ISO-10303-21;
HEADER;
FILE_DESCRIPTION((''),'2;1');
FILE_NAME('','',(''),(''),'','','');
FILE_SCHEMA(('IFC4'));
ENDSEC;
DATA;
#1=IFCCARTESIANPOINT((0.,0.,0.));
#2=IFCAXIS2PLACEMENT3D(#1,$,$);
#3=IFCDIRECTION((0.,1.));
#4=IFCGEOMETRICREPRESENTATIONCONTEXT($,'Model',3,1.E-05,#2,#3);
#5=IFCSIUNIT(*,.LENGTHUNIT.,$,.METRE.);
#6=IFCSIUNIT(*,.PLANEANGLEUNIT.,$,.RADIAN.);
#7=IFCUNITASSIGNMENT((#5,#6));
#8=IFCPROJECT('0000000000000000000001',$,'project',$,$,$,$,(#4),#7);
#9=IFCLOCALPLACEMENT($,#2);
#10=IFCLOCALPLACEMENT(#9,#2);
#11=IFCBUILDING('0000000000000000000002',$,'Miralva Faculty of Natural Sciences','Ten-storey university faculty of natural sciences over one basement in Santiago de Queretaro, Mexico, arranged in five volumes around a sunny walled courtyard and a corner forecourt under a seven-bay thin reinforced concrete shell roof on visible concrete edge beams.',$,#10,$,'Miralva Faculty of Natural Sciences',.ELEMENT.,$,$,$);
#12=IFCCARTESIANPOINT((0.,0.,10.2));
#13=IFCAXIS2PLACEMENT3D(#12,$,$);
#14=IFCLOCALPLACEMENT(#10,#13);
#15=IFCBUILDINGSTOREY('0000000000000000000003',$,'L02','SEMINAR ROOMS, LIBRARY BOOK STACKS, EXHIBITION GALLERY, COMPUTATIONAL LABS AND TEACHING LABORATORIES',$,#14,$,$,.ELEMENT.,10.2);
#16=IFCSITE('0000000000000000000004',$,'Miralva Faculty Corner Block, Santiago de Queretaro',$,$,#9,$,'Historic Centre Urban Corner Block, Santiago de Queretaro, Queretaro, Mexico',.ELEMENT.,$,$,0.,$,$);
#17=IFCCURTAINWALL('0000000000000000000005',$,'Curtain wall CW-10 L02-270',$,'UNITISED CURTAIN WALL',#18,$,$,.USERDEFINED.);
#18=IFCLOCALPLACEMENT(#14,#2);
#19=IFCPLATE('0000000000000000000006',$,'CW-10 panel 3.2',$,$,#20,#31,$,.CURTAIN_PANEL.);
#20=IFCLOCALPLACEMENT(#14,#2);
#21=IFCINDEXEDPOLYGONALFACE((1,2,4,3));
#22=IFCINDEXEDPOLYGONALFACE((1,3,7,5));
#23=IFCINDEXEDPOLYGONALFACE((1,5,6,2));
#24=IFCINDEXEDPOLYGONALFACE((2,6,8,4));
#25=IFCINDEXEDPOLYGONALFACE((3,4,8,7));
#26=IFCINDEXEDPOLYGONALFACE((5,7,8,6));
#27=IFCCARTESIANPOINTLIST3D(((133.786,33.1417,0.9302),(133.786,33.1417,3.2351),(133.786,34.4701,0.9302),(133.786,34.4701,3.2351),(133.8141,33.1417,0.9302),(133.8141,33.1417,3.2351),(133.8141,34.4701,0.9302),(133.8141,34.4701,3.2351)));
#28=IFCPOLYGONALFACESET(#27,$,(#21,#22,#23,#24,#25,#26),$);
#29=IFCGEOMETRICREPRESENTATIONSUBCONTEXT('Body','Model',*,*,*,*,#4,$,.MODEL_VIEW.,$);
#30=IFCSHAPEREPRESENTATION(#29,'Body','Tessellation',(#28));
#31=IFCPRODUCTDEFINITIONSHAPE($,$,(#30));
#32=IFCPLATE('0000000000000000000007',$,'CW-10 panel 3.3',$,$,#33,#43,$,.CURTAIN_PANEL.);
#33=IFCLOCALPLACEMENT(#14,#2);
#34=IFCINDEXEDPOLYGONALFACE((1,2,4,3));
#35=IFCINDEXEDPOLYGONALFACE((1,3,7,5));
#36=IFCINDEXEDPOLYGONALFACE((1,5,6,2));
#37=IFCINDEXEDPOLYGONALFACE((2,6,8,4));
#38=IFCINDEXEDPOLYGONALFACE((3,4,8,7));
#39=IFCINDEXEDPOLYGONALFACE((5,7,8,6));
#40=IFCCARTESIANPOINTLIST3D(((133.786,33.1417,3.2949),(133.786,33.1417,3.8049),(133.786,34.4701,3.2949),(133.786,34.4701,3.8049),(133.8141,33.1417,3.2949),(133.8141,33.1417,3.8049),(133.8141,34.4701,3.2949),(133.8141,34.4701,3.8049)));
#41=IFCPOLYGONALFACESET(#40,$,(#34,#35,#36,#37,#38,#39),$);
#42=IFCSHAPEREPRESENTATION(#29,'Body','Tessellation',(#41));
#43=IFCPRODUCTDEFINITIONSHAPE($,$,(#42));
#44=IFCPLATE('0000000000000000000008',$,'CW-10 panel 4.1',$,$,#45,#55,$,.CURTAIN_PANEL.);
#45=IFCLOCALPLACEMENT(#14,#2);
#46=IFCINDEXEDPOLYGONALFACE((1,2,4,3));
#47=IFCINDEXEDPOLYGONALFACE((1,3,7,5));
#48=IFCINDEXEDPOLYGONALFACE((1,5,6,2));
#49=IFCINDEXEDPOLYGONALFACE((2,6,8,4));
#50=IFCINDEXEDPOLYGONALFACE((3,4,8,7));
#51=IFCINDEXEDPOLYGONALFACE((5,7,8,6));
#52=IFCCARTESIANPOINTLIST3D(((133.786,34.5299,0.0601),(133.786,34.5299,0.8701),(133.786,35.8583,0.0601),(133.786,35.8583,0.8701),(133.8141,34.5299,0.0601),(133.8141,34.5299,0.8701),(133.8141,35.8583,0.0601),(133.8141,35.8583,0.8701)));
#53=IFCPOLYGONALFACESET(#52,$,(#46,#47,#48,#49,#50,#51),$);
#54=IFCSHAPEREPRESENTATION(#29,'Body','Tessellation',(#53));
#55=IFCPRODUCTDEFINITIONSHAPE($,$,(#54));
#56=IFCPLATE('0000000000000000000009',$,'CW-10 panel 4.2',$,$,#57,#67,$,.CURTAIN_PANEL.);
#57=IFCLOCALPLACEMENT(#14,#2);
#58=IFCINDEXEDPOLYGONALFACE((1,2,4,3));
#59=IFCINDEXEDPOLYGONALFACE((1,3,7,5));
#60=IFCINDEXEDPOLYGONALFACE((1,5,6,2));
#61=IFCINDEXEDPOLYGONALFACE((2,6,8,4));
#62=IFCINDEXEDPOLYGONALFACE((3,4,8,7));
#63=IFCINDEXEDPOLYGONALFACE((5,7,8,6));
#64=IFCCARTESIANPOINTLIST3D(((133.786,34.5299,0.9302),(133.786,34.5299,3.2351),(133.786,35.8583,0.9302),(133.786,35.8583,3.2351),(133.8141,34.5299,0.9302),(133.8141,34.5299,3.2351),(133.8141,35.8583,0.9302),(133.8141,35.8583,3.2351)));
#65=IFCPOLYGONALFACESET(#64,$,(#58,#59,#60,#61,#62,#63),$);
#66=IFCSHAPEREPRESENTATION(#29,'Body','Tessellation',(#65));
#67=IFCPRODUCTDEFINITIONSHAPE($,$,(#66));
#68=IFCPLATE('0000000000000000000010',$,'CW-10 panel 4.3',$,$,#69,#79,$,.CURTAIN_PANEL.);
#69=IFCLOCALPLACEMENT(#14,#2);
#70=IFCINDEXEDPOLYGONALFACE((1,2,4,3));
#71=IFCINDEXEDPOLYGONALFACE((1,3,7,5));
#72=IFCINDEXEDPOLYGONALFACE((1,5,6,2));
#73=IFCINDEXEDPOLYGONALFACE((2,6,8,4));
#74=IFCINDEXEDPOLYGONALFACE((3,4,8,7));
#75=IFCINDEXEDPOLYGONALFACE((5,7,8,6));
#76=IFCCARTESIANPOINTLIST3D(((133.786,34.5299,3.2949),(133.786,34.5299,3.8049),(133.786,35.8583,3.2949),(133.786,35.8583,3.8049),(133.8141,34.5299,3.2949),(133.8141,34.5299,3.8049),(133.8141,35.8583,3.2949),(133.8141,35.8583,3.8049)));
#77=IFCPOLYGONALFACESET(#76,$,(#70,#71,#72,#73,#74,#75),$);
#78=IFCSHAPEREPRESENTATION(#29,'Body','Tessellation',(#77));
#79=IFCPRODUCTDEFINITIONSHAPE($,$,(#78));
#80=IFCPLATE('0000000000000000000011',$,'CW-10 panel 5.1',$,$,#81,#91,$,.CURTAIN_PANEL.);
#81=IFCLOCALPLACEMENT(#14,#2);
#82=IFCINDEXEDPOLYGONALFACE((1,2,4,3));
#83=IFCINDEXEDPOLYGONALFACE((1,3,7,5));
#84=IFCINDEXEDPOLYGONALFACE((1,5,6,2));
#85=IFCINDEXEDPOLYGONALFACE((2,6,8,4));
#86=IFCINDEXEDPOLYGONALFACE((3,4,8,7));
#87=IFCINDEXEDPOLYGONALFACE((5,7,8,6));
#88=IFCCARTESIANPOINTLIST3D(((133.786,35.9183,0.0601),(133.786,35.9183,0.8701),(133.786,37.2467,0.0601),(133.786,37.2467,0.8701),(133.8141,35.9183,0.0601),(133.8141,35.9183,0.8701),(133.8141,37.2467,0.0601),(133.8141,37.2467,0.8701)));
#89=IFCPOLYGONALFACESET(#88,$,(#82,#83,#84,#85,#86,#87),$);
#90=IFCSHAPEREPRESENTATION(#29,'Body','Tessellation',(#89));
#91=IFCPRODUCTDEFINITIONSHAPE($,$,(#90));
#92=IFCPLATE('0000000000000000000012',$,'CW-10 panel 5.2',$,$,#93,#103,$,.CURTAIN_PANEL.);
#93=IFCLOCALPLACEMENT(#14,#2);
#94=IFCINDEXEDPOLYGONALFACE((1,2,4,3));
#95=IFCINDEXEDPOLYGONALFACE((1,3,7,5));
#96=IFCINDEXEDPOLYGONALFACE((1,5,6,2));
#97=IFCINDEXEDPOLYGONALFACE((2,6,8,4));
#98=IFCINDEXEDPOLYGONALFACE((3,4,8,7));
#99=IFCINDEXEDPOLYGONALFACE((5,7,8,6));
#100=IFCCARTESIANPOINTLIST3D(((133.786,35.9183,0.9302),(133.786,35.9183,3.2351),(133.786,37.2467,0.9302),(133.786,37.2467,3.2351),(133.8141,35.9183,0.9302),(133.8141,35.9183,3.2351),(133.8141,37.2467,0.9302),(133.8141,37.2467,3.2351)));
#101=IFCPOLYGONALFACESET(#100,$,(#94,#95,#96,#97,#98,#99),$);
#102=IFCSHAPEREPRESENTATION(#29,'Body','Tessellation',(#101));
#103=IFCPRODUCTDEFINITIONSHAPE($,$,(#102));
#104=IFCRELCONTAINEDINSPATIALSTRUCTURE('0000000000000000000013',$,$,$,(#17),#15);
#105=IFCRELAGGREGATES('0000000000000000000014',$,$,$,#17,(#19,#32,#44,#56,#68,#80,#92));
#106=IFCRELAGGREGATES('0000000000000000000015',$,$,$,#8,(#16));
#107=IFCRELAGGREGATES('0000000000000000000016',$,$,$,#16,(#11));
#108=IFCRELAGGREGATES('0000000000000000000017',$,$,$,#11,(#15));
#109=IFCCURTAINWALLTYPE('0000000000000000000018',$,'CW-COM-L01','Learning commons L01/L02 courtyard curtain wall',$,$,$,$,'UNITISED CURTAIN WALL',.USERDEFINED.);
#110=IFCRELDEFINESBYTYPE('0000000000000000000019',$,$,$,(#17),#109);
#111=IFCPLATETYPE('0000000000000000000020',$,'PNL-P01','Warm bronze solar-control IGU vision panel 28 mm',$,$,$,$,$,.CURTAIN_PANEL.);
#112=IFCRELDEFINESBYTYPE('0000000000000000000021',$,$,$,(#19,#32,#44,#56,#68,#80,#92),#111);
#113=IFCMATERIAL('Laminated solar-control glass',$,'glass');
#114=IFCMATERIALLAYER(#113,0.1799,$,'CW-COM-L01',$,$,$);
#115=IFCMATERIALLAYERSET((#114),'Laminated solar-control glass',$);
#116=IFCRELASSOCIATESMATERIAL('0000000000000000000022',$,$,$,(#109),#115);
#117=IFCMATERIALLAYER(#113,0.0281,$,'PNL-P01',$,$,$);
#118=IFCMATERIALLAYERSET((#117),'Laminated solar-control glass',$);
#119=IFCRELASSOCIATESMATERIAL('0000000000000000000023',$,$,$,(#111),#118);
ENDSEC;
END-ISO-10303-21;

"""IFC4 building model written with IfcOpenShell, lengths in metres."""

from ifc_helpers import new_model, si_unit, direction, frame, origin, origin_2d, place, context, subcontext, project, spatial, rectangle, extrude, material, layer, layer_set, type_object, element, aggregate, save


model = new_model("IFC4")

# Units and contexts
model_context = context("Model", 3, precision=1e-05, world=origin(), true_north=direction((0.0, 1.0)))
body_context = subcontext(model_context, "Body", "Model", "MODEL_VIEW")
ifc_project = project(units=[si_unit("LENGTHUNIT", "METRE"), si_unit("PLANEANGLEUNIT", "RADIAN")], contexts=[model_context])

# Site, building, storey
site_placement = place(None, origin())
site = spatial("IfcSite", under=ifc_project, at=site_placement, Name="Miralva Faculty Corner Block, Santiago de Queretaro", LongName="Historic Centre Urban Corner Block, Santiago de Queretaro, Queretaro, Mexico", CompositionType="ELEMENT", RefElevation=0.0)
building_placement = place(site_placement, origin())
building = spatial("IfcBuilding", under=site, at=building_placement, Name="Miralva Faculty of Natural Sciences", Description="Ten-storey university faculty of natural sciences over one basement in Santiago de Queretaro, Mexico, arranged in five volumes around a sunny walled courtyard and a corner forecourt under a seven-bay thin reinforced concrete shell roof on visible concrete edge beams.", LongName="Miralva Faculty of Natural Sciences", CompositionType="ELEMENT")
storey_placement = place(building_placement, frame((0.0, 0.0, 10.2)))
storey = spatial("IfcBuildingStorey", under=building, at=storey_placement, Name="L02", Description="SEMINAR ROOMS, LIBRARY BOOK STACKS, EXHIBITION GALLERY, COMPUTATIONAL LABS AND TEACHING LABORATORIES", CompositionType="ELEMENT", Elevation=10.2)

# Curtain wall, plates
ifc_material_1 = material(Name="Laminated solar-control glass", Category="glass")
ifc_layer_1 = layer(ifc_material_1, 0.1799, Name="CW-COM-L01")
ifc_layer_set_1 = layer_set([ifc_layer_1], Name="Laminated solar-control glass")
curtain_wall_type = type_object("IfcCurtainWallType", Name="CW-COM-L01", Description="Learning commons L01/L02 courtyard curtain wall", ElementType="UNITISED CURTAIN WALL", PredefinedType="USERDEFINED", material=ifc_layer_set_1)
curtain_wall_placement = place(storey_placement, origin())
curtain_wall = element("IfcCurtainWall", 1, at=curtain_wall_placement, inside=storey, type_object=curtain_wall_type, Name="Curtain wall CW-10 L02-270", ObjectType="UNITISED CURTAIN WALL", PredefinedType="USERDEFINED")
ifc_layer_2 = layer(ifc_material_1, 0.0281, Name="PNL-P01")
ifc_layer_set_2 = layer_set([ifc_layer_2], Name="Laminated solar-control glass")
plate_type = type_object("IfcPlateType", Name="PNL-P01", Description="Warm bronze solar-control IGU vision panel 28 mm", PredefinedType="CURTAIN_PANEL", material=ifc_layer_set_2)
plate_1_placement = place(storey_placement, frame((133.8, 33.8059, 0.9302), z_axis=(0.0, 0.0, 1.0), x_axis=(0.0, 1.0, 0.0)))
plate_1 = element("IfcPlate", 2, at=plate_1_placement, type_object=plate_type, Name="CW-10 panel 3.2", PredefinedType="CURTAIN_PANEL", context=body_context, shape_type="SweptSolid", body=[
    extrude(rectangle(XDim=1.3284, YDim=0.0281, at=origin_2d()), origin(), (0.0, 0.0, 1.0), 2.3049),
])
plate_2_placement = place(storey_placement, frame((133.8, 33.8059, 3.2949), z_axis=(0.0, 0.0, 1.0), x_axis=(0.0, 1.0, 0.0)))
plate_2 = element("IfcPlate", 3, at=plate_2_placement, type_object=plate_type, Name="CW-10 panel 3.3", PredefinedType="CURTAIN_PANEL", context=body_context, shape_type="SweptSolid", body=[
    extrude(rectangle(XDim=1.3284, YDim=0.0281, at=origin_2d()), origin(), (0.0, 0.0, 1.0), 0.51),
])
plate_3_placement = place(storey_placement, frame((133.8, 35.1941, 0.0601), z_axis=(0.0, 0.0, 1.0), x_axis=(0.0, 1.0, 0.0)))
plate_3 = element("IfcPlate", 4, at=plate_3_placement, type_object=plate_type, Name="CW-10 panel 4.1", PredefinedType="CURTAIN_PANEL", context=body_context, shape_type="SweptSolid", body=[
    extrude(rectangle(XDim=1.3284, YDim=0.0281, at=origin_2d()), origin(), (0.0, 0.0, 1.0), 0.8101),
])
plate_4_placement = place(storey_placement, frame((133.8, 35.1941, 0.9302), z_axis=(0.0, 0.0, 1.0), x_axis=(0.0, 1.0, 0.0)))
plate_4 = element("IfcPlate", 5, at=plate_4_placement, type_object=plate_type, Name="CW-10 panel 4.2", PredefinedType="CURTAIN_PANEL", context=body_context, shape_type="SweptSolid", body=[
    extrude(rectangle(XDim=1.3284, YDim=0.0281, at=origin_2d()), origin(), (0.0, 0.0, 1.0), 2.3049),
])
plate_5_placement = place(storey_placement, frame((133.8, 35.1941, 3.2949), z_axis=(0.0, 0.0, 1.0), x_axis=(0.0, 1.0, 0.0)))
plate_5 = element("IfcPlate", 6, at=plate_5_placement, type_object=plate_type, Name="CW-10 panel 4.3", PredefinedType="CURTAIN_PANEL", context=body_context, shape_type="SweptSolid", body=[
    extrude(rectangle(XDim=1.3284, YDim=0.0281, at=origin_2d()), origin(), (0.0, 0.0, 1.0), 0.51),
])
plate_6_placement = place(storey_placement, frame((133.8, 36.5825, 0.0601), z_axis=(0.0, 0.0, 1.0), x_axis=(0.0, 1.0, 0.0)))
plate_6 = element("IfcPlate", 7, at=plate_6_placement, type_object=plate_type, Name="CW-10 panel 5.1", PredefinedType="CURTAIN_PANEL", context=body_context, shape_type="SweptSolid", body=[
    extrude(rectangle(XDim=1.3284, YDim=0.0281, at=origin_2d()), origin(), (0.0, 0.0, 1.0), 0.8101),
])
plate_7_placement = place(storey_placement, frame((133.8, 36.5825, 0.9302), z_axis=(0.0, 0.0, 1.0), x_axis=(0.0, 1.0, 0.0)))
plate_7 = element("IfcPlate", 8, at=plate_7_placement, type_object=plate_type, Name="CW-10 panel 5.2", PredefinedType="CURTAIN_PANEL", context=body_context, shape_type="SweptSolid", body=[
    extrude(rectangle(XDim=1.3284, YDim=0.0281, at=origin_2d()), origin(), (0.0, 0.0, 1.0), 2.3049),
])
aggregate(curtain_wall, [plate_1, plate_2, plate_3, plate_4, plate_5, plate_6, plate_7])

save(model, "model.ifc")
